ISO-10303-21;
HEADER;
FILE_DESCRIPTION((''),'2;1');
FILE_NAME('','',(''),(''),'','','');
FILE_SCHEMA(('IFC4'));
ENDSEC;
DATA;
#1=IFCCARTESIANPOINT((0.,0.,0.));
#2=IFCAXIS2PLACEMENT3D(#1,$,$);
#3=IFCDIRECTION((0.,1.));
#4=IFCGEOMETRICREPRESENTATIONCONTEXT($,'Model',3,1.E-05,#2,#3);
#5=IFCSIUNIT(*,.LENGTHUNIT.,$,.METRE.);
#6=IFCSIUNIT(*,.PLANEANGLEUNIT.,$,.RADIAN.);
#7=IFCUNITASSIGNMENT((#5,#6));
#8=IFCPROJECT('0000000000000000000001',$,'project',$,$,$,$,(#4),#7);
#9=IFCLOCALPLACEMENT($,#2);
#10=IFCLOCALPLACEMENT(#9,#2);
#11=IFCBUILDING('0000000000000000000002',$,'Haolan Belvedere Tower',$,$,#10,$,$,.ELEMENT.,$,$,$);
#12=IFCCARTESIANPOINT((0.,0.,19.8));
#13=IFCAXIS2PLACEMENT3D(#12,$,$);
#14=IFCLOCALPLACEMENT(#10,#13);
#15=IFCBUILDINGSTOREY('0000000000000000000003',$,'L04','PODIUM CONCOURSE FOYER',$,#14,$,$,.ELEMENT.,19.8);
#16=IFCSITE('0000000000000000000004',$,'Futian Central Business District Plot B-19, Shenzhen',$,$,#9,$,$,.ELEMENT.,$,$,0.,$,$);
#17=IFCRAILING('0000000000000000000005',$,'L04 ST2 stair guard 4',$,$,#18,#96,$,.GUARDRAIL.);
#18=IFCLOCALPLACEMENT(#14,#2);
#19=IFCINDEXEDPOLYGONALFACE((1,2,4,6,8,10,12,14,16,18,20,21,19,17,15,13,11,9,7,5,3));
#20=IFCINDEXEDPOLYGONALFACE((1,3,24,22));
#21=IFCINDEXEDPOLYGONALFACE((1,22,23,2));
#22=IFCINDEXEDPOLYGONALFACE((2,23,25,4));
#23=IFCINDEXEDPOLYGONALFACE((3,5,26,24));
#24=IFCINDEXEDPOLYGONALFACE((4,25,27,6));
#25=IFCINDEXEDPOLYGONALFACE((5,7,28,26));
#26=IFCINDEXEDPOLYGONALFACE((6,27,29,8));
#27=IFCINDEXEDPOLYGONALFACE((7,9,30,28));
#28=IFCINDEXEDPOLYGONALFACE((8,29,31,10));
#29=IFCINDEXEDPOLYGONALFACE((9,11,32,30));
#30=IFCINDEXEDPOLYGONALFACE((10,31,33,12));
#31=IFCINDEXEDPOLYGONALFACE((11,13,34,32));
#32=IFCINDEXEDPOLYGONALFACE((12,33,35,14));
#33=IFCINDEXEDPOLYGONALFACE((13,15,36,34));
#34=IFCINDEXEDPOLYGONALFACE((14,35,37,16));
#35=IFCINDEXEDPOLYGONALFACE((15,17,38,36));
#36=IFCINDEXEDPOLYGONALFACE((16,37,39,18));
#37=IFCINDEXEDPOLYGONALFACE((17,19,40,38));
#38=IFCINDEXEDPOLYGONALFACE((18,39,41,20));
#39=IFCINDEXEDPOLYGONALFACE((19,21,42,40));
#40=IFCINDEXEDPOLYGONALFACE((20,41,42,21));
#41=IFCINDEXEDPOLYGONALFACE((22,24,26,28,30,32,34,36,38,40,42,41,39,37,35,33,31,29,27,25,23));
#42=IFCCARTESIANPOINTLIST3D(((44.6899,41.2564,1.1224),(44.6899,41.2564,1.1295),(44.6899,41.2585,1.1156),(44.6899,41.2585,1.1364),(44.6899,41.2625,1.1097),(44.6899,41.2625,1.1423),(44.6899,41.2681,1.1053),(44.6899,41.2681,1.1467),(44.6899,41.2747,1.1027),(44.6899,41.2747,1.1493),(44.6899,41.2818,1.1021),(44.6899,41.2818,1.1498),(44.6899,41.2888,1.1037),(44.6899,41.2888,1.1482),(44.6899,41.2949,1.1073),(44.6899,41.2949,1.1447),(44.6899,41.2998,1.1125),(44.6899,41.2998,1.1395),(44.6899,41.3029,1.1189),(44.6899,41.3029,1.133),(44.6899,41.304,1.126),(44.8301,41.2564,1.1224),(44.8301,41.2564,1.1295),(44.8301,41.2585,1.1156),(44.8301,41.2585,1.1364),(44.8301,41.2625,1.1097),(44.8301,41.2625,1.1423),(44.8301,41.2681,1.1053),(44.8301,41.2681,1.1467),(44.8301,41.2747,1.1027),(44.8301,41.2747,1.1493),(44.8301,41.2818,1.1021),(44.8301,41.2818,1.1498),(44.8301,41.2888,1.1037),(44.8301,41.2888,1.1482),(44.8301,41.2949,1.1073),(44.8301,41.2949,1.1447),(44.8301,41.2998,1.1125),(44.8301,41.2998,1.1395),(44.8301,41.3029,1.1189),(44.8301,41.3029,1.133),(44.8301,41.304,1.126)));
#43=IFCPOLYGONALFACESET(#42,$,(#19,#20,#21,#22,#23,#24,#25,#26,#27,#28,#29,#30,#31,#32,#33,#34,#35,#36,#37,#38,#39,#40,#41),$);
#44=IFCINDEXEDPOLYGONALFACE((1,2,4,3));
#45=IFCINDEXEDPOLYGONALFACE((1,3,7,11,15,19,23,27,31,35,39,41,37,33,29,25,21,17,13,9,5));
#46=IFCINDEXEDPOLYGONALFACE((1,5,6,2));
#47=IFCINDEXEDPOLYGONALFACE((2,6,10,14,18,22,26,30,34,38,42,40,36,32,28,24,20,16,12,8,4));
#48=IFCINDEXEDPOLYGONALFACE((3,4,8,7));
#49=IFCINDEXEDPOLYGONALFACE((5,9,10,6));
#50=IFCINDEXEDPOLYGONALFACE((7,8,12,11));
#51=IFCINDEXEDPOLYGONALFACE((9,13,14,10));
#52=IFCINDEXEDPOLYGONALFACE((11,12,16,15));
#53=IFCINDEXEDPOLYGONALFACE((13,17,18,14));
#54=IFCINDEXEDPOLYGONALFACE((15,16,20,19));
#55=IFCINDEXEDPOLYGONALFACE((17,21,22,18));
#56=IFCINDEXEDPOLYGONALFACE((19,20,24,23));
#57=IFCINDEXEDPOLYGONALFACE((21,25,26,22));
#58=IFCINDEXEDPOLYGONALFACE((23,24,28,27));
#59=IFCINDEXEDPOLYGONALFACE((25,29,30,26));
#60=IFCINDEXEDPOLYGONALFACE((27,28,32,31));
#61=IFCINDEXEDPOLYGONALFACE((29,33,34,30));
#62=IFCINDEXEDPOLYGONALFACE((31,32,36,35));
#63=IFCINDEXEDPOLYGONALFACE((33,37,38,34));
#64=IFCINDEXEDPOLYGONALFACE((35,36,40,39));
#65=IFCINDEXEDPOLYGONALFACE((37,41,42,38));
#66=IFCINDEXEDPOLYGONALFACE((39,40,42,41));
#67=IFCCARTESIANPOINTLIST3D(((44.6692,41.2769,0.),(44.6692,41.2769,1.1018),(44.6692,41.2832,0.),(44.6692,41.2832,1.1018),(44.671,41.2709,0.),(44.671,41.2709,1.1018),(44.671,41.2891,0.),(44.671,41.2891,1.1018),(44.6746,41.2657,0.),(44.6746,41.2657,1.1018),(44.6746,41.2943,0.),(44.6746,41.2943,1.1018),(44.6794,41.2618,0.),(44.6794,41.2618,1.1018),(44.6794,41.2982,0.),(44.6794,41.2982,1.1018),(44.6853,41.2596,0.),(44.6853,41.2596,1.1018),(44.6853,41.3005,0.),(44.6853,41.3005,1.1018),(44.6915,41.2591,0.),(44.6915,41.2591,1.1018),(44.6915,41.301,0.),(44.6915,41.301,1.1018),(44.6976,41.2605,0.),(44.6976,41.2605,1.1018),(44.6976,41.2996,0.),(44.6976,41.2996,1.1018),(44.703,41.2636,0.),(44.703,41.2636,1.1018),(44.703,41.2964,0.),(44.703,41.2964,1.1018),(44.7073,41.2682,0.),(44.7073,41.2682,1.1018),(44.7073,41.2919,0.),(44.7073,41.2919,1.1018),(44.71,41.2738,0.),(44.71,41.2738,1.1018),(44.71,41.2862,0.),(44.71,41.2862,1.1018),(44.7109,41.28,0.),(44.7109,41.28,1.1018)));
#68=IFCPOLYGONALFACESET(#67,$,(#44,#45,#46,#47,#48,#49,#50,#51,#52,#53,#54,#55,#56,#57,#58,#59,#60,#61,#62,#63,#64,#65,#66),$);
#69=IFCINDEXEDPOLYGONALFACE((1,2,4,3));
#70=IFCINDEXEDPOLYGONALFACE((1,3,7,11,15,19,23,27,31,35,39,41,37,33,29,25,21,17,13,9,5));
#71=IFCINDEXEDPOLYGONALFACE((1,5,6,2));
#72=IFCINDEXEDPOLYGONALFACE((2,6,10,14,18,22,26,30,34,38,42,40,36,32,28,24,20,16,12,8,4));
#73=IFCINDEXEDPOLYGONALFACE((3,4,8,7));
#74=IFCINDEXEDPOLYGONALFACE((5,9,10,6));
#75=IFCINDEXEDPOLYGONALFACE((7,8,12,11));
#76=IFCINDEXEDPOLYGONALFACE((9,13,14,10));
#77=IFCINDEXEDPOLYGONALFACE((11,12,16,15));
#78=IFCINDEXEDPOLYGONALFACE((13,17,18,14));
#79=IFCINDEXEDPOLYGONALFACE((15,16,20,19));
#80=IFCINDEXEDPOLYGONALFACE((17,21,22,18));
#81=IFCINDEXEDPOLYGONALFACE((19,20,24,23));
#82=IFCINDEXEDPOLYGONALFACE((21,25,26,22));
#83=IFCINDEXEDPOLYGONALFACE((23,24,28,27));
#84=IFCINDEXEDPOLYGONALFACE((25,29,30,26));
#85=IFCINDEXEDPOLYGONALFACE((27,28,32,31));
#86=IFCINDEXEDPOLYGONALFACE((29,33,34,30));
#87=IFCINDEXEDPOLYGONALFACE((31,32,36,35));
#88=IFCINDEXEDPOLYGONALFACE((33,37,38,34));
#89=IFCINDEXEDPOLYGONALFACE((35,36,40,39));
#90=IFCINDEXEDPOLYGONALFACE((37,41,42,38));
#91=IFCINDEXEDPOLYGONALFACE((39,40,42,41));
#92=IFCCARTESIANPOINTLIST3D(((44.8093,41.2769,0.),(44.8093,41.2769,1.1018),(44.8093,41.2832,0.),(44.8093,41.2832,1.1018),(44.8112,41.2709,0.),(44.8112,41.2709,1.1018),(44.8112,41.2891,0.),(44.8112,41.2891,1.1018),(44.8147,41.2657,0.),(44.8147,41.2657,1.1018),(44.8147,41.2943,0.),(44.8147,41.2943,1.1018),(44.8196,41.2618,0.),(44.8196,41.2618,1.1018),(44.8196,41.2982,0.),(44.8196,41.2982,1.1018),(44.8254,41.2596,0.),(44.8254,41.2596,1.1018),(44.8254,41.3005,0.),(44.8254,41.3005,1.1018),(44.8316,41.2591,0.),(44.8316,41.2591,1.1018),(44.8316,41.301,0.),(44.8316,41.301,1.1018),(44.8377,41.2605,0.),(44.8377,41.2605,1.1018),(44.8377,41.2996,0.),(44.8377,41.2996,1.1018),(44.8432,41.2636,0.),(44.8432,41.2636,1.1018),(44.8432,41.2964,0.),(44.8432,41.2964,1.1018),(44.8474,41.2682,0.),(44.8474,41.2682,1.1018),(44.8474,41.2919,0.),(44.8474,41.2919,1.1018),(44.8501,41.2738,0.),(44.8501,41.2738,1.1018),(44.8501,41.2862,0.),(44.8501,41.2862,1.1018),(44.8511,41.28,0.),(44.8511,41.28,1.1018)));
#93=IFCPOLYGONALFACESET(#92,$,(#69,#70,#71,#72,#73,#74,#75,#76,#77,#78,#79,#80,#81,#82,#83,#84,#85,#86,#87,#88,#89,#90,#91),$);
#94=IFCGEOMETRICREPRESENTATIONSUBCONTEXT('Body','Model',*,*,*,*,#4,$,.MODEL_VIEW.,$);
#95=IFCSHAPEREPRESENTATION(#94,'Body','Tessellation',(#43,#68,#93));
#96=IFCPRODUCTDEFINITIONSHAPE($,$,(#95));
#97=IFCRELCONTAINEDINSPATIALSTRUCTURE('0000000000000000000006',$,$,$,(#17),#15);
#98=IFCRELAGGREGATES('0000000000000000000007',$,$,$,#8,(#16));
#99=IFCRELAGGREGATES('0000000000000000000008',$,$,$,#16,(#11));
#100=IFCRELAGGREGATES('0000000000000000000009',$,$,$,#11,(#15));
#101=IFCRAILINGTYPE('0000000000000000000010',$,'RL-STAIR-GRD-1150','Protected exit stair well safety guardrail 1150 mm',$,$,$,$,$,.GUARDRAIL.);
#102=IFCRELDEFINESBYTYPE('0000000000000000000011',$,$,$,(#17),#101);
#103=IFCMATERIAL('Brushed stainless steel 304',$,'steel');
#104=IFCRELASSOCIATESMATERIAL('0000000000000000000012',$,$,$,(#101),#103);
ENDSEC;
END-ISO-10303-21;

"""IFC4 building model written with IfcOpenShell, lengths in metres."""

from ifc_helpers import new_model, si_unit, direction, frame, origin, origin_2d, place, context, subcontext, project, spatial, circle, extrude, material, type_object, element, save


model = new_model("IFC4")

# Units and contexts
model_context = context("Model", 3, precision=1e-05, world=origin(), true_north=direction((0.0, 1.0)))
body_context = subcontext(model_context, "Body", "Model", "MODEL_VIEW")
ifc_project = project(units=[si_unit("LENGTHUNIT", "METRE"), si_unit("PLANEANGLEUNIT", "RADIAN")], contexts=[model_context])

# Site, building, storey
site_placement = place(None, origin())
site = spatial("IfcSite", under=ifc_project, at=site_placement, Name="Futian Central Business District Plot B-19, Shenzhen", CompositionType="ELEMENT", RefElevation=0.0)
building_placement = place(site_placement, origin())
building = spatial("IfcBuilding", under=site, at=building_placement, Name="Haolan Belvedere Tower", CompositionType="ELEMENT")
storey_placement = place(building_placement, frame((0.0, 0.0, 19.8)))
storey = spatial("IfcBuildingStorey", under=building, at=storey_placement, Name="L04", Description="PODIUM CONCOURSE FOYER", CompositionType="ELEMENT", Elevation=19.8)

# Railing
ifc_material_1 = material(Name="Brushed stainless steel 304", Category="steel")
railing_type_1 = type_object("IfcRailingType", Name="RL-STAIR-GRD-1150", Description="Protected exit stair well safety guardrail 1150 mm", PredefinedType="GUARDRAIL", material=ifc_material_1)
railing_1_placement = place(storey_placement, frame((44.6899, 41.28, 0.0)))
element("IfcRailing", 1, at=railing_1_placement, inside=storey, type_object=railing_type_1, Name="L04 ST2 stair guard 4", PredefinedType="GUARDRAIL", context=body_context, shape_type="SweptSolid", body=[
    extrude(circle(Radius=0.0239, at=origin_2d()), frame((0.0, 0.0, 1.126), z_axis=(1.0, 0.0, 0.0), x_axis=(0.0, 1.0, 0.0)), (0.0, 0.0, 1.0), 0.1401),
    extrude(circle(Radius=0.021, at=origin_2d()), origin(), (0.0, 0.0, 1.0), 1.1018),
    extrude(circle(Radius=0.021, at=origin_2d()), frame((0.1401, 0.0, 0.0)), (0.0, 0.0, 1.0), 1.1018),
])

save(model, "model.ifc")
